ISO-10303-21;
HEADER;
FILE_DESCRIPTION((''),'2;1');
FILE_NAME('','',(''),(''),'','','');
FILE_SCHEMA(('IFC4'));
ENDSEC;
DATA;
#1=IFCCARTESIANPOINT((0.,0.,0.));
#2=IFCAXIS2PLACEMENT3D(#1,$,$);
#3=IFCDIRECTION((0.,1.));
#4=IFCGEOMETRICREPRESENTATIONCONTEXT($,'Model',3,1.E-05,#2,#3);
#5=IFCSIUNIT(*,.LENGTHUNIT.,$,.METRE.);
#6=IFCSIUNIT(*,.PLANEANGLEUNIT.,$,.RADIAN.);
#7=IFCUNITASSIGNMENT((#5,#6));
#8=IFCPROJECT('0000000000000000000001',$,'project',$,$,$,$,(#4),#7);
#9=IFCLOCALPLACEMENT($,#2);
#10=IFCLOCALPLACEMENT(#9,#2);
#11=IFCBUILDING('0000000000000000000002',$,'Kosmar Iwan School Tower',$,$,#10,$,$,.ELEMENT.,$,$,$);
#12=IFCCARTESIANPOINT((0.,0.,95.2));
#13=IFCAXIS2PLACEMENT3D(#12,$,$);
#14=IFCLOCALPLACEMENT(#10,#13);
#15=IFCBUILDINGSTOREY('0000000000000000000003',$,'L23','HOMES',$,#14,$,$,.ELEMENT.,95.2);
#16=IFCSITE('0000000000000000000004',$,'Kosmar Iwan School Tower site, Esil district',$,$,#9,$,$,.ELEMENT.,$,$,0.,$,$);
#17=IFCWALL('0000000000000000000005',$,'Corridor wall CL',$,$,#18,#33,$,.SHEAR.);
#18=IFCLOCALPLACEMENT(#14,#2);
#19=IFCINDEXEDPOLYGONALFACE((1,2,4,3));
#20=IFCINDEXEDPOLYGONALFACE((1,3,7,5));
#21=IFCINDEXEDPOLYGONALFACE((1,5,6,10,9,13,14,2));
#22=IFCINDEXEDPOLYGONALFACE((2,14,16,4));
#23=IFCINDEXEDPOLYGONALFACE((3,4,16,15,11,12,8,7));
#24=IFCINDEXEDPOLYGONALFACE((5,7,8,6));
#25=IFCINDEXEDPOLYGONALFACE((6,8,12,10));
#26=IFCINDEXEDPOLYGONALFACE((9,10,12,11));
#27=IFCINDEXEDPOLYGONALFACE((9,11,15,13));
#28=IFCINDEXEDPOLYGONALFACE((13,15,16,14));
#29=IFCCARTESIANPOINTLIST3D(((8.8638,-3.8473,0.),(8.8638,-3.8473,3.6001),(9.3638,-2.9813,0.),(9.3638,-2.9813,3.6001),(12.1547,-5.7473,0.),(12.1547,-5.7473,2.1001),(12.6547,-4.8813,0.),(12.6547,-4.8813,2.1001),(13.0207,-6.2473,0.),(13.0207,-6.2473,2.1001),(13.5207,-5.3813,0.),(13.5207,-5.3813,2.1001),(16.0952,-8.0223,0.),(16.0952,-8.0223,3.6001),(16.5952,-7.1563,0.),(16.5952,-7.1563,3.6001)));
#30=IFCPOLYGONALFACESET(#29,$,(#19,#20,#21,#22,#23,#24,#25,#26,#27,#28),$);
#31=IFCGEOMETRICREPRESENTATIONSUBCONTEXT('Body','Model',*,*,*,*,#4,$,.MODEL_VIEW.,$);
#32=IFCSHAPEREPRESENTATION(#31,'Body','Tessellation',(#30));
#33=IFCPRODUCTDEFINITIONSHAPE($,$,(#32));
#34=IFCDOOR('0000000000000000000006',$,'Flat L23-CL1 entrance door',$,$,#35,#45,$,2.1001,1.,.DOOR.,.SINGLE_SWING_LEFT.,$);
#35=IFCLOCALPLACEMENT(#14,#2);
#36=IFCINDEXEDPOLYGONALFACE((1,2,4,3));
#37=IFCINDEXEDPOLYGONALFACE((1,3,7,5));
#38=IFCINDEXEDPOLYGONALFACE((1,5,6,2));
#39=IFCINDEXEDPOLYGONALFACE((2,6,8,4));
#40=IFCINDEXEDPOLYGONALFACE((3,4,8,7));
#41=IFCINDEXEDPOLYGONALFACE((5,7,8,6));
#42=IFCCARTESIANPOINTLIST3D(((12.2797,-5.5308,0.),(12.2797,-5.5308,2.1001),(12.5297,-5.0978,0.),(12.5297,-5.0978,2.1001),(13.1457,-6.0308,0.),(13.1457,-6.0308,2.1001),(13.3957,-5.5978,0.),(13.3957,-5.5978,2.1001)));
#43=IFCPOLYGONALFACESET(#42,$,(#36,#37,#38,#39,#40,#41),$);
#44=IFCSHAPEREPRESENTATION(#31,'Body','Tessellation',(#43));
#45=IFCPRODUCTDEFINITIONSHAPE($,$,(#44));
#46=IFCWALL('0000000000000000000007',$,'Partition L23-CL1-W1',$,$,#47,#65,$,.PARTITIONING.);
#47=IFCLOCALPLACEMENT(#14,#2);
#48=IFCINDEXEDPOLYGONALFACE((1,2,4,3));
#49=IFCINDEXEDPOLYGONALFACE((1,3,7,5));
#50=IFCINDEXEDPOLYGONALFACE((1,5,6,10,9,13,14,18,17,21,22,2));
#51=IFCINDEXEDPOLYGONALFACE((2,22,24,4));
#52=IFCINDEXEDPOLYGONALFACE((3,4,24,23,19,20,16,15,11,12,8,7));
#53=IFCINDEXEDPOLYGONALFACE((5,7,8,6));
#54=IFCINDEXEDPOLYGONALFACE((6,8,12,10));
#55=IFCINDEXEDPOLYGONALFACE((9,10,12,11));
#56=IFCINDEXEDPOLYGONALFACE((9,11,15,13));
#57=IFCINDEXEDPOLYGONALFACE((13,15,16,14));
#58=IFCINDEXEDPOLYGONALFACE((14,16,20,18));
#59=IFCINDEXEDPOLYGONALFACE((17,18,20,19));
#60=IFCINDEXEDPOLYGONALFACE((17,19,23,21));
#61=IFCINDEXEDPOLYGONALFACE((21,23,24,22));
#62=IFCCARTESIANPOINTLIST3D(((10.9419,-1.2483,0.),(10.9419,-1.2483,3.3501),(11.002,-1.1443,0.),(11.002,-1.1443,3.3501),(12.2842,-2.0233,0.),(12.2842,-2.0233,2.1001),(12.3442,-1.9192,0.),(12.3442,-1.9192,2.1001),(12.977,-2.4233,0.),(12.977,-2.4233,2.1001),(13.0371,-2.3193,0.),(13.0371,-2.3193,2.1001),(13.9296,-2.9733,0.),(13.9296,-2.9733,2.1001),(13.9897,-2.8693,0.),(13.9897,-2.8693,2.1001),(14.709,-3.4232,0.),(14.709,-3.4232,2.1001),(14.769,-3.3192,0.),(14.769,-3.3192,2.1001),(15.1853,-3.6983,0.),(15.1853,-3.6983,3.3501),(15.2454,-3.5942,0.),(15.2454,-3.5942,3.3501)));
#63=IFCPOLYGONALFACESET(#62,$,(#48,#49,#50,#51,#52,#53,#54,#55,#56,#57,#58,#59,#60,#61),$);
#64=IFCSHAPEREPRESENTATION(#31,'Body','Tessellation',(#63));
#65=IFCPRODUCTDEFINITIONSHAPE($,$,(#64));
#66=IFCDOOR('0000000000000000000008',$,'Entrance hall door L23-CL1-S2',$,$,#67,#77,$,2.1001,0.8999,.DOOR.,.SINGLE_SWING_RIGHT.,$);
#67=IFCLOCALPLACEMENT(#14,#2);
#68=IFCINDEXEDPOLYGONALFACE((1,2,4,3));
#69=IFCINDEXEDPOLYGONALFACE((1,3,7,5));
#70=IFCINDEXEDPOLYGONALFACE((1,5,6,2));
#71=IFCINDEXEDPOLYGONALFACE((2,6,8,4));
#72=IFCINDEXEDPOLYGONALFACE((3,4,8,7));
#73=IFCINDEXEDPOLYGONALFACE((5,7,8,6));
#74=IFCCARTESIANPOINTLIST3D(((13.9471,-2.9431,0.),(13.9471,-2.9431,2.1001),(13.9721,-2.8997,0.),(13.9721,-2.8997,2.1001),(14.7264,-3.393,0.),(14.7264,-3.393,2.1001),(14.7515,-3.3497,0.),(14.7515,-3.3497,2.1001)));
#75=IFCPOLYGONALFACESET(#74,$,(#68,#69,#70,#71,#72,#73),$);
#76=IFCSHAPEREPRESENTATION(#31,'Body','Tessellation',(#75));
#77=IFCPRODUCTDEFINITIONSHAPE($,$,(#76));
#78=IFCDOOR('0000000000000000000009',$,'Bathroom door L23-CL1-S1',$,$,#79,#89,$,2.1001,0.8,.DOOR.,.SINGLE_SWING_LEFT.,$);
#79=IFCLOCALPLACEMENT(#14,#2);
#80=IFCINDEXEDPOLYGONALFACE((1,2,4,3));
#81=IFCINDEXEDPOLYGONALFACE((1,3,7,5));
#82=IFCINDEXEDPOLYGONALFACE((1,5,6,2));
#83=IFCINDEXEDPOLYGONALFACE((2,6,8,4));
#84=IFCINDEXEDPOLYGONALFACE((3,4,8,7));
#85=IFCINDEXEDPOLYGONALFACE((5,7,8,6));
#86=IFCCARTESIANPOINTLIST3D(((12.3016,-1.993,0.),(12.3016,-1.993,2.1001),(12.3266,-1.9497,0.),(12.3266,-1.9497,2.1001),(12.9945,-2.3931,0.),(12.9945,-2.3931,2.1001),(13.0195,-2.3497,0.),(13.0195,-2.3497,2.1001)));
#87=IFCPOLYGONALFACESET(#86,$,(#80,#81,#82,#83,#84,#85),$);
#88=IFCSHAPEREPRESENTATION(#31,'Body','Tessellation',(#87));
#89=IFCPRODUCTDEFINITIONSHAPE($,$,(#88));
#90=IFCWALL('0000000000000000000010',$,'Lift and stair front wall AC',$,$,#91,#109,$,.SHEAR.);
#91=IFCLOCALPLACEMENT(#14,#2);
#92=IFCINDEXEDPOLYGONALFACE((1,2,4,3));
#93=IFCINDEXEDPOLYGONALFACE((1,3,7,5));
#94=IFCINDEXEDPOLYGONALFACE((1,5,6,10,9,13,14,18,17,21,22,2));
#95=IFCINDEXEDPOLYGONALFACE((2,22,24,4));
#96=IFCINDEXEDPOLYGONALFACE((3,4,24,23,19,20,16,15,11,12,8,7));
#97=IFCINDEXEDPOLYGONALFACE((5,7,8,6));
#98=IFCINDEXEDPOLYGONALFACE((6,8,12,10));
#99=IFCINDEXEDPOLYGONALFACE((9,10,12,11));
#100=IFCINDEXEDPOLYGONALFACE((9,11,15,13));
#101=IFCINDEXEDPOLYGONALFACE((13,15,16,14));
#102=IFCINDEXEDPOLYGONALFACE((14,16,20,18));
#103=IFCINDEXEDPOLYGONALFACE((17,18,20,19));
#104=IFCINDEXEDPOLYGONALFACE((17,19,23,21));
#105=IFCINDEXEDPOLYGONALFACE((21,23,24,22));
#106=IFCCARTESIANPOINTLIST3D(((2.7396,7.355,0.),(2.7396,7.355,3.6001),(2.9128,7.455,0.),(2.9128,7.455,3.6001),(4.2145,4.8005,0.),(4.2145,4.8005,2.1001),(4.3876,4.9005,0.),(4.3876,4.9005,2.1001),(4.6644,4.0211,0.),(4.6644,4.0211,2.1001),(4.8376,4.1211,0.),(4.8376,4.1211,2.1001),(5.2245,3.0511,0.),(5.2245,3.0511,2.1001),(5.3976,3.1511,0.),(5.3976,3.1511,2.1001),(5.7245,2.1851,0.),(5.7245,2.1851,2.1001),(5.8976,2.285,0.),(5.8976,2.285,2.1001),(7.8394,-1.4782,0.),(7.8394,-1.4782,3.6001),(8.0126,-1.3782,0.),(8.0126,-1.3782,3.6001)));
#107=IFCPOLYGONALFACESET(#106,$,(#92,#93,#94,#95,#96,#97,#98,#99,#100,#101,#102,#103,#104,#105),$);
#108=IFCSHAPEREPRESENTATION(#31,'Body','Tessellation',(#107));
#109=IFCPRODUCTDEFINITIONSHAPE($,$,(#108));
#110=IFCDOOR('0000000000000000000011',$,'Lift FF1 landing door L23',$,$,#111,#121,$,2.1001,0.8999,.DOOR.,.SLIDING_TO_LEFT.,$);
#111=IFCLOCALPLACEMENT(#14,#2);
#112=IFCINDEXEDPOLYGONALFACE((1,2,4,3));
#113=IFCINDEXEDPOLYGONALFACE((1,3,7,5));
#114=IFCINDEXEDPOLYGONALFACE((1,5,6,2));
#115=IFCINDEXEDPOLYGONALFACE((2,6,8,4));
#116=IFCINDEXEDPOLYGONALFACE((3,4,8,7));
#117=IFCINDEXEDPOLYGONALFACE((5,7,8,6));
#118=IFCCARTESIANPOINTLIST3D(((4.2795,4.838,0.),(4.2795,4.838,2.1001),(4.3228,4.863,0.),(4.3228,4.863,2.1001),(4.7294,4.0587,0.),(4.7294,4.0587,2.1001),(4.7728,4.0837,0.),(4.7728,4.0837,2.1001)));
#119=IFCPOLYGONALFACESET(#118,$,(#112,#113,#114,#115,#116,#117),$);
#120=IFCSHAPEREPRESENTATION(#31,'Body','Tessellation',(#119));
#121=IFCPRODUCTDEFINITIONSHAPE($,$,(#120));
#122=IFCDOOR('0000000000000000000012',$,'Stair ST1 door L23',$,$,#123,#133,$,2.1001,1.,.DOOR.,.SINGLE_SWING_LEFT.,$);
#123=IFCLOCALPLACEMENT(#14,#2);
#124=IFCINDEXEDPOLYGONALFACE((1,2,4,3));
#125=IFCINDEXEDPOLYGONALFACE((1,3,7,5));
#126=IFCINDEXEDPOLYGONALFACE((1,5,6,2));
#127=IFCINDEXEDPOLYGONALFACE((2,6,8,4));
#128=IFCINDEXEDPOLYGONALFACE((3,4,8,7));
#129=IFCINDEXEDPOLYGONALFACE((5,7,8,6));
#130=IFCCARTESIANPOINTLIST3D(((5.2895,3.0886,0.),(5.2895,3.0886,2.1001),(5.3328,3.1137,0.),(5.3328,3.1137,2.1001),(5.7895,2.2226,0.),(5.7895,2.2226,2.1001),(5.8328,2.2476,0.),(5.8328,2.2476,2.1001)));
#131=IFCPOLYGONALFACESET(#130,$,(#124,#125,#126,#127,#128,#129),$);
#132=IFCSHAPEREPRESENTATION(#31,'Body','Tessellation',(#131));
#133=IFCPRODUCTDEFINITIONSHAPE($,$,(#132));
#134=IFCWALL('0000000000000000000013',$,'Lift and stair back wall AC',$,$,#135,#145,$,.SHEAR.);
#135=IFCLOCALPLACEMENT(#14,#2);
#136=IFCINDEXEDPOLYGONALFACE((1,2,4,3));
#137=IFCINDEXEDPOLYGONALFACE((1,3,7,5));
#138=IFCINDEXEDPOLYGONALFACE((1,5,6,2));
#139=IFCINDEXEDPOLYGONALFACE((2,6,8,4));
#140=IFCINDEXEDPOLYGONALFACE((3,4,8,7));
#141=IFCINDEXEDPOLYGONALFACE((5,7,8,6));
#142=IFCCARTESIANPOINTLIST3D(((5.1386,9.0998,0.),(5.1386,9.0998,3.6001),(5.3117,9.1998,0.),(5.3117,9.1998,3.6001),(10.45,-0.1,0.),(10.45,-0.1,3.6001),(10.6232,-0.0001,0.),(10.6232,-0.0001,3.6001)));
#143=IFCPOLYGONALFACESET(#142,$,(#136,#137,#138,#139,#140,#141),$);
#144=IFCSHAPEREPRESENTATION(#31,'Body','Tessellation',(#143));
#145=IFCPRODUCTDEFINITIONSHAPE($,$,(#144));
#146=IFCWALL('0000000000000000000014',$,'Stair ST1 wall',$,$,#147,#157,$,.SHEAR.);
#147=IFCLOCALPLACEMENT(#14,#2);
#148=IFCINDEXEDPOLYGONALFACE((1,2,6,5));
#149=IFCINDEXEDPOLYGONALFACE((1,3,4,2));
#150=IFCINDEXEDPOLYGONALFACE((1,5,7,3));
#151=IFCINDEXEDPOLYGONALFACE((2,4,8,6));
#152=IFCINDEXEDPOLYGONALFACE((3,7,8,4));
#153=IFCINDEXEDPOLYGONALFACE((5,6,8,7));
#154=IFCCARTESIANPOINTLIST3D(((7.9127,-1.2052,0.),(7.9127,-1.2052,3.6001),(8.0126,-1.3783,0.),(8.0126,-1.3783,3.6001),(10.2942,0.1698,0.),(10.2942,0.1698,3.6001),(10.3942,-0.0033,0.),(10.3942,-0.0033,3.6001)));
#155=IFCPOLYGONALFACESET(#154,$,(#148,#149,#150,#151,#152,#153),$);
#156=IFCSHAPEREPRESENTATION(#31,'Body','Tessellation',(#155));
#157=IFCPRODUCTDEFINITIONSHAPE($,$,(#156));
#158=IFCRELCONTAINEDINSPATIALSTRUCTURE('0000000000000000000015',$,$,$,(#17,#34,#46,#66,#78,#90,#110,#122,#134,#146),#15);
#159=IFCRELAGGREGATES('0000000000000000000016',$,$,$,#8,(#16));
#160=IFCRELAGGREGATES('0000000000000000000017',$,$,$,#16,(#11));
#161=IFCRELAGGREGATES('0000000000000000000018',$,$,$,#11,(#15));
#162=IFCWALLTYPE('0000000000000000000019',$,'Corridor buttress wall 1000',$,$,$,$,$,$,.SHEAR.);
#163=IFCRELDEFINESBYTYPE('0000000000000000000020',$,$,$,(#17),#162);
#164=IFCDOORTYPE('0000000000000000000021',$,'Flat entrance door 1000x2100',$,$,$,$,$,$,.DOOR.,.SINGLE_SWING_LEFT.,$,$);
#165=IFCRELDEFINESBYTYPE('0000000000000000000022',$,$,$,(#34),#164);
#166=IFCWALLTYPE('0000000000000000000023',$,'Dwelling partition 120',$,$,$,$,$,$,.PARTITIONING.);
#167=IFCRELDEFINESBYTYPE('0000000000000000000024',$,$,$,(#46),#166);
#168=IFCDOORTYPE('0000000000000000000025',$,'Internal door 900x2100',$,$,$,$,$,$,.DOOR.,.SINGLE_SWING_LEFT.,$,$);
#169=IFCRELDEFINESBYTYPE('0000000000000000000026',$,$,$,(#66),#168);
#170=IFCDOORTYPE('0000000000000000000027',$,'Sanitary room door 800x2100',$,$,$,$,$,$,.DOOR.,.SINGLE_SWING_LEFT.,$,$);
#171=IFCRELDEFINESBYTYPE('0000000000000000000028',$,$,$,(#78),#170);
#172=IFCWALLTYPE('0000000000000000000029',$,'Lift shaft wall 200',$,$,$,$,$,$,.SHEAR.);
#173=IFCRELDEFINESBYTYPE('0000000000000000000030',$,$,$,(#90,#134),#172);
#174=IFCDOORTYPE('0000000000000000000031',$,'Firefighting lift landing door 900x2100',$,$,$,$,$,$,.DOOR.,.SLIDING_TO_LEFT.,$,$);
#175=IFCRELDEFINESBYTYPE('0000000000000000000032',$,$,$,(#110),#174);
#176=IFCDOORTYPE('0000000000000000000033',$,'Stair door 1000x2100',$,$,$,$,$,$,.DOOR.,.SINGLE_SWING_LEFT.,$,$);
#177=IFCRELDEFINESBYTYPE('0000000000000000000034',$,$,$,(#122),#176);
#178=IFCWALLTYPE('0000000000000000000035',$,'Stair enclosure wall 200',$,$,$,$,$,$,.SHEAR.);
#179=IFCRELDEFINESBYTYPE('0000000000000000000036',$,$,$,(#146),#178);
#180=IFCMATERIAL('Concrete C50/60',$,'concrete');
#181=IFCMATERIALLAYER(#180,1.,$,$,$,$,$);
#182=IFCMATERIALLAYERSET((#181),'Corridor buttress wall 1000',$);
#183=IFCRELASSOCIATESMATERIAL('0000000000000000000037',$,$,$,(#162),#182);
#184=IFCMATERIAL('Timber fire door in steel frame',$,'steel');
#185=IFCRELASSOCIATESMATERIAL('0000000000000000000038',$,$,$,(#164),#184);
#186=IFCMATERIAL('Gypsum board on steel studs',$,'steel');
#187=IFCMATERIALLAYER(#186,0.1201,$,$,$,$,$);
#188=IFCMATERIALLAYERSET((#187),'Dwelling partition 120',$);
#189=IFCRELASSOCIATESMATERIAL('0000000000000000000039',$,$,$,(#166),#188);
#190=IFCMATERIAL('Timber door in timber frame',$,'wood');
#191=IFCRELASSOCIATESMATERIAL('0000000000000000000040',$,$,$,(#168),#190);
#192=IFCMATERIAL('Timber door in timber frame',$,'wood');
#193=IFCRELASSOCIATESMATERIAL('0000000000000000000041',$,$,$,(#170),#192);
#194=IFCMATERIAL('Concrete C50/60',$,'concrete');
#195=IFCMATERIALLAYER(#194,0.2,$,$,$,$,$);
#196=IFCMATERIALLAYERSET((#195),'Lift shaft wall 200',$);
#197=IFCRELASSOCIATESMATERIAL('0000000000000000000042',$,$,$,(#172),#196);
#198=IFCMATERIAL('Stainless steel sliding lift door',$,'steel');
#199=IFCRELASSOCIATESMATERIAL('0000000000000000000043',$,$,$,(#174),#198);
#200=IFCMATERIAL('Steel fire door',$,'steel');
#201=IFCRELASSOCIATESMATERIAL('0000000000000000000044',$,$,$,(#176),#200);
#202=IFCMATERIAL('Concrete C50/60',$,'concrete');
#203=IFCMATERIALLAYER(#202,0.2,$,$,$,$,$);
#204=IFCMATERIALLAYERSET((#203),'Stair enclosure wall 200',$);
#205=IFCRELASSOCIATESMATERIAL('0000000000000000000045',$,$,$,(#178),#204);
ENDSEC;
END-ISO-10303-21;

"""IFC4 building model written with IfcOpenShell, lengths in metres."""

from ifc_helpers import new_model, si_unit, direction, frame, frame_2d, origin, place, context, subcontext, project, spatial, rectangle, extrude, material, layer, layer_set, type_object, element, fill, save


model = new_model("IFC4")

# Units and contexts
model_context = context("Model", 3, precision=1e-05, world=origin(), true_north=direction((0.0, 1.0)))
body_context = subcontext(model_context, "Body", "Model", "MODEL_VIEW")
ifc_project = project(units=[si_unit("LENGTHUNIT", "METRE"), si_unit("PLANEANGLEUNIT", "RADIAN")], contexts=[model_context])

# Site, building, storey
site_placement = place(None, origin())
site = spatial("IfcSite", under=ifc_project, at=site_placement, Name="Kosmar Iwan School Tower site, Esil district", CompositionType="ELEMENT", RefElevation=0.0)
building_placement = place(site_placement, origin())
building = spatial("IfcBuilding", under=site, at=building_placement, Name="Kosmar Iwan School Tower", CompositionType="ELEMENT")
storey_placement = place(building_placement, frame((0.0, 0.0, 95.2)))
storey = spatial("IfcBuildingStorey", under=building, at=storey_placement, Name="L23", Description="HOMES", CompositionType="ELEMENT", Elevation=95.2)

# Wall, opening, door
ifc_material_1 = material(Name="Concrete C50/60", Category="concrete")
ifc_layer_1 = layer(ifc_material_1, 1.0)
ifc_layer_set_1 = layer_set([ifc_layer_1], Name="Corridor buttress wall 1000")
wall_type_1 = type_object("IfcWallType", Name="Corridor buttress wall 1000", PredefinedType="SHEAR", material=ifc_layer_set_1)
wall_1_placement = place(storey_placement, frame((9.1138, -3.4143, 0.0), z_axis=(0.0, 0.0, 1.0), x_axis=(0.866027, -0.499997, 0.0)))
wall_1 = element("IfcWall", 1, at=wall_1_placement, inside=storey, type_object=wall_type_1, Name="Corridor wall CL", PredefinedType="SHEAR", context=body_context, shape_type="SweptSolid", body=[
    extrude(rectangle(XDim=8.3501, YDim=1.0, at=frame_2d((4.175, 0.0))), origin(), (0.0, 0.0, 1.0), 3.6001),
])
opening_1_placement = place(wall_1_placement, frame((3.8, 0.0, 0.0)))
opening_1 = element("IfcOpeningElement", 2, at=opening_1_placement, cuts=wall_1, PredefinedType="OPENING", context=body_context, shape_type="SweptSolid", body=[
    extrude(rectangle(XDim=1.0, YDim=2.1001, at=frame_2d((0.5, 1.05))), frame((0.0, 0.512, 0.0), z_axis=(0.0, -1.0, 0.0), x_axis=(1.0, 0.0, 0.0)), (0.0, 0.0, 1.0), 1.0239),
])
ifc_material_2 = material(Name="Timber fire door in steel frame", Category="steel")
door_type_1 = type_object("IfcDoorType", Name="Flat entrance door 1000x2100", OperationType="SINGLE_SWING_LEFT", PredefinedType="DOOR", material=ifc_material_2)
door_1_placement = place(opening_1_placement, origin())
door_1 = element("IfcDoor", 3, at=door_1_placement, inside=storey, type_object=door_type_1, Name="Flat L23-CL1 entrance door", OperationType="SINGLE_SWING_LEFT", OverallHeight=2.1001, OverallWidth=1.0, PredefinedType="DOOR", context=body_context, shape_type="SweptSolid", body=[
    extrude(rectangle(XDim=1.0, YDim=2.1001, at=frame_2d((0.5, 1.05))), frame((0.0, 0.25, 0.0), z_axis=(0.0, -1.0, 0.0), x_axis=(1.0, 0.0, 0.0)), (0.0, 0.0, 1.0), 0.5),
])
fill(opening_1, door_1)

# Walls, openings, doors
ifc_material_3 = material(Name="Gypsum board on steel studs", Category="steel")
ifc_layer_2 = layer(ifc_material_3, 0.1201)
ifc_layer_set_2 = layer_set([ifc_layer_2], Name="Dwelling partition 120")
wall_type_2 = type_object("IfcWallType", Name="Dwelling partition 120", PredefinedType="PARTITIONING", material=ifc_layer_set_2)
wall_2_placement = place(storey_placement, frame((10.9719, -1.1963, 0.0), z_axis=(0.0, 0.0, 1.0), x_axis=(0.866024, -0.500003, 0.0)))
wall_2 = element("IfcWall", 4, at=wall_2_placement, inside=storey, type_object=wall_type_2, Name="Partition L23-CL1-W1", PredefinedType="PARTITIONING", context=body_context, shape_type="SweptSolid", body=[
    extrude(rectangle(XDim=4.8999, YDim=0.1201, at=frame_2d((2.45, 0.0))), origin(), (0.0, 0.0, 1.0), 3.3501),
])
opening_2_placement = place(wall_2_placement, frame((1.55, 0.0, 0.0)))
opening_2 = element("IfcOpeningElement", 5, at=opening_2_placement, cuts=wall_2, PredefinedType="OPENING", context=body_context, shape_type="SweptSolid", body=[
    extrude(rectangle(XDim=0.8, YDim=2.1001, at=frame_2d((0.3999, 1.05))), frame((0.0, 0.072, 0.0), z_axis=(0.0, -1.0, 0.0), x_axis=(1.0, 0.0, 0.0)), (0.0, 0.0, 1.0), 0.144),
])
opening_3_placement = place(wall_2_placement, frame((3.45, 0.0, 0.0)))
opening_3 = element("IfcOpeningElement", 6, at=opening_3_placement, cuts=wall_2, PredefinedType="OPENING", context=body_context, shape_type="SweptSolid", body=[
    extrude(rectangle(XDim=0.8999, YDim=2.1001, at=frame_2d((0.45, 1.05))), frame((0.0, 0.072, 0.0), z_axis=(0.0, -1.0, 0.0), x_axis=(1.0, 0.0, 0.0)), (0.0, 0.0, 1.0), 0.144),
])
ifc_material_4 = material(Name="Timber door in timber frame", Category="wood")
door_type_2 = type_object("IfcDoorType", Name="Internal door 900x2100", OperationType="SINGLE_SWING_LEFT", PredefinedType="DOOR", material=ifc_material_4)
door_2_placement = place(opening_3_placement, origin())
door_2 = element("IfcDoor", 7, at=door_2_placement, inside=storey, type_object=door_type_2, Name="Entrance hall door L23-CL1-S2", OperationType="SINGLE_SWING_RIGHT", OverallHeight=2.1001, OverallWidth=0.8999, PredefinedType="DOOR", context=body_context, shape_type="SweptSolid", body=[
    extrude(rectangle(XDim=0.8999, YDim=2.1001, at=frame_2d((0.45, 1.05))), frame((0.0, 0.0249, 0.0), z_axis=(0.0, -1.0, 0.0), x_axis=(1.0, 0.0, 0.0)), (0.0, 0.0, 1.0), 0.05),
])
fill(opening_3, door_2)
ifc_material_5 = material(Name="Timber door in timber frame", Category="wood")
door_type_3 = type_object("IfcDoorType", Name="Sanitary room door 800x2100", OperationType="SINGLE_SWING_LEFT", PredefinedType="DOOR", material=ifc_material_5)
door_3_placement = place(opening_2_placement, origin())
door_3 = element("IfcDoor", 8, at=door_3_placement, inside=storey, type_object=door_type_3, Name="Bathroom door L23-CL1-S1", OperationType="SINGLE_SWING_LEFT", OverallHeight=2.1001, OverallWidth=0.8, PredefinedType="DOOR", context=body_context, shape_type="SweptSolid", body=[
    extrude(rectangle(XDim=0.8, YDim=2.1001, at=frame_2d((0.3999, 1.05))), frame((0.0, 0.0249, 0.0), z_axis=(0.0, -1.0, 0.0), x_axis=(1.0, 0.0, 0.0)), (0.0, 0.0, 1.0), 0.05),
])
fill(opening_2, door_3)
ifc_material_6 = material(Name="Concrete C50/60", Category="concrete")
ifc_layer_3 = layer(ifc_material_6, 0.2)
ifc_layer_set_3 = layer_set([ifc_layer_3], Name="Lift shaft wall 200")
wall_type_3 = type_object("IfcWallType", Name="Lift shaft wall 200", PredefinedType="SHEAR", material=ifc_layer_set_3)
wall_3_placement = place(storey_placement, frame((7.926, -1.4282, 0.0), z_axis=(0.0, 0.0, 1.0), x_axis=(-0.499998, 0.866027, 0.0)))
wall_3 = element("IfcWall", 9, at=wall_3_placement, inside=storey, type_object=wall_type_3, Name="Lift and stair front wall AC", PredefinedType="SHEAR", context=body_context, shape_type="SweptSolid", body=[
    extrude(rectangle(XDim=10.1997, YDim=0.2, at=frame_2d((5.0999, 0.0))), origin(), (0.0, 0.0, 1.0), 3.6001),
])
opening_4_placement = place(wall_3_placement, frame((6.3501, 0.0, 0.0)))
opening_4 = element("IfcOpeningElement", 10, at=opening_4_placement, cuts=wall_3, PredefinedType="OPENING", context=body_context, shape_type="SweptSolid", body=[
    extrude(rectangle(XDim=0.8999, YDim=2.1001, at=frame_2d((0.45, 1.05))), frame((0.0, 0.1121, 0.0), z_axis=(0.0, -1.0, 0.0), x_axis=(1.0, 0.0, 0.0)), (0.0, 0.0, 1.0), 0.2239),
])
opening_5_placement = place(wall_3_placement, frame((4.23, 0.0, 0.0)))
opening_5 = element("IfcOpeningElement", 11, at=opening_5_placement, cuts=wall_3, PredefinedType="OPENING", context=body_context, shape_type="SweptSolid", body=[
    extrude(rectangle(XDim=1.0, YDim=2.1001, at=frame_2d((0.5, 1.05))), frame((0.0, 0.1121, 0.0), z_axis=(0.0, -1.0, 0.0), x_axis=(1.0, 0.0, 0.0)), (0.0, 0.0, 1.0), 0.2239),
])
ifc_material_7 = material(Name="Stainless steel sliding lift door", Category="steel")
door_type_4 = type_object("IfcDoorType", Name="Firefighting lift landing door 900x2100", OperationType="SLIDING_TO_LEFT", PredefinedType="DOOR", material=ifc_material_7)
door_4_placement = place(opening_4_placement, origin())
door_4 = element("IfcDoor", 12, at=door_4_placement, inside=storey, type_object=door_type_4, Name="Lift FF1 landing door L23", OperationType="SLIDING_TO_LEFT", OverallHeight=2.1001, OverallWidth=0.8999, PredefinedType="DOOR", context=body_context, shape_type="SweptSolid", body=[
    extrude(rectangle(XDim=0.8999, YDim=2.1001, at=frame_2d((0.45, 1.05))), frame((0.0, 0.0249, 0.0), z_axis=(0.0, -1.0, 0.0), x_axis=(1.0, 0.0, 0.0)), (0.0, 0.0, 1.0), 0.05),
])
fill(opening_4, door_4)
ifc_material_8 = material(Name="Steel fire door", Category="steel")
door_type_5 = type_object("IfcDoorType", Name="Stair door 1000x2100", OperationType="SINGLE_SWING_LEFT", PredefinedType="DOOR", material=ifc_material_8)
door_5_placement = place(opening_5_placement, origin())
door_5 = element("IfcDoor", 13, at=door_5_placement, inside=storey, type_object=door_type_5, Name="Stair ST1 door L23", OperationType="SINGLE_SWING_LEFT", OverallHeight=2.1001, OverallWidth=1.0, PredefinedType="DOOR", context=body_context, shape_type="SweptSolid", body=[
    extrude(rectangle(XDim=1.0, YDim=2.1001, at=frame_2d((0.5, 1.05))), frame((0.0, 0.0249, 0.0), z_axis=(0.0, -1.0, 0.0), x_axis=(1.0, 0.0, 0.0)), (0.0, 0.0, 1.0), 0.05),
])
fill(opening_5, door_5)

# Walls
wall_4_placement = place(storey_placement, frame((10.5366, -0.05, 0.0), z_axis=(0.0, 0.0, 1.0), x_axis=(-0.499995, 0.866028, 0.0)))
element("IfcWall", 14, at=wall_4_placement, inside=storey, type_object=wall_type_3, Name="Lift and stair back wall AC", PredefinedType="SHEAR", context=body_context, shape_type="SweptSolid", body=[
    extrude(rectangle(XDim=10.623, YDim=0.2, at=frame_2d((5.3115, 0.0))), origin(), (0.0, 0.0, 1.0), 3.6001),
])
ifc_material_9 = material(Name="Concrete C50/60", Category="concrete")
ifc_layer_4 = layer(ifc_material_9, 0.2)
ifc_layer_set_4 = layer_set([ifc_layer_4], Name="Stair enclosure wall 200")
wall_type_4 = type_object("IfcWallType", Name="Stair enclosure wall 200", PredefinedType="SHEAR", material=ifc_layer_set_4)
wall_5_placement = place(storey_placement, frame((7.9626, -1.2917, 0.0), z_axis=(0.0, 0.0, 1.0), x_axis=(0.866027, 0.499997, 0.0)))
element("IfcWall", 15, at=wall_5_placement, inside=storey, type_object=wall_type_4, Name="Stair ST1 wall", PredefinedType="SHEAR", context=body_context, shape_type="SweptSolid", body=[
    extrude(rectangle(XDim=2.75, YDim=0.2, at=frame_2d((1.375, 0.0))), origin(), (0.0, 0.0, 1.0), 3.6001),
])

save(model, "model.ifc")
